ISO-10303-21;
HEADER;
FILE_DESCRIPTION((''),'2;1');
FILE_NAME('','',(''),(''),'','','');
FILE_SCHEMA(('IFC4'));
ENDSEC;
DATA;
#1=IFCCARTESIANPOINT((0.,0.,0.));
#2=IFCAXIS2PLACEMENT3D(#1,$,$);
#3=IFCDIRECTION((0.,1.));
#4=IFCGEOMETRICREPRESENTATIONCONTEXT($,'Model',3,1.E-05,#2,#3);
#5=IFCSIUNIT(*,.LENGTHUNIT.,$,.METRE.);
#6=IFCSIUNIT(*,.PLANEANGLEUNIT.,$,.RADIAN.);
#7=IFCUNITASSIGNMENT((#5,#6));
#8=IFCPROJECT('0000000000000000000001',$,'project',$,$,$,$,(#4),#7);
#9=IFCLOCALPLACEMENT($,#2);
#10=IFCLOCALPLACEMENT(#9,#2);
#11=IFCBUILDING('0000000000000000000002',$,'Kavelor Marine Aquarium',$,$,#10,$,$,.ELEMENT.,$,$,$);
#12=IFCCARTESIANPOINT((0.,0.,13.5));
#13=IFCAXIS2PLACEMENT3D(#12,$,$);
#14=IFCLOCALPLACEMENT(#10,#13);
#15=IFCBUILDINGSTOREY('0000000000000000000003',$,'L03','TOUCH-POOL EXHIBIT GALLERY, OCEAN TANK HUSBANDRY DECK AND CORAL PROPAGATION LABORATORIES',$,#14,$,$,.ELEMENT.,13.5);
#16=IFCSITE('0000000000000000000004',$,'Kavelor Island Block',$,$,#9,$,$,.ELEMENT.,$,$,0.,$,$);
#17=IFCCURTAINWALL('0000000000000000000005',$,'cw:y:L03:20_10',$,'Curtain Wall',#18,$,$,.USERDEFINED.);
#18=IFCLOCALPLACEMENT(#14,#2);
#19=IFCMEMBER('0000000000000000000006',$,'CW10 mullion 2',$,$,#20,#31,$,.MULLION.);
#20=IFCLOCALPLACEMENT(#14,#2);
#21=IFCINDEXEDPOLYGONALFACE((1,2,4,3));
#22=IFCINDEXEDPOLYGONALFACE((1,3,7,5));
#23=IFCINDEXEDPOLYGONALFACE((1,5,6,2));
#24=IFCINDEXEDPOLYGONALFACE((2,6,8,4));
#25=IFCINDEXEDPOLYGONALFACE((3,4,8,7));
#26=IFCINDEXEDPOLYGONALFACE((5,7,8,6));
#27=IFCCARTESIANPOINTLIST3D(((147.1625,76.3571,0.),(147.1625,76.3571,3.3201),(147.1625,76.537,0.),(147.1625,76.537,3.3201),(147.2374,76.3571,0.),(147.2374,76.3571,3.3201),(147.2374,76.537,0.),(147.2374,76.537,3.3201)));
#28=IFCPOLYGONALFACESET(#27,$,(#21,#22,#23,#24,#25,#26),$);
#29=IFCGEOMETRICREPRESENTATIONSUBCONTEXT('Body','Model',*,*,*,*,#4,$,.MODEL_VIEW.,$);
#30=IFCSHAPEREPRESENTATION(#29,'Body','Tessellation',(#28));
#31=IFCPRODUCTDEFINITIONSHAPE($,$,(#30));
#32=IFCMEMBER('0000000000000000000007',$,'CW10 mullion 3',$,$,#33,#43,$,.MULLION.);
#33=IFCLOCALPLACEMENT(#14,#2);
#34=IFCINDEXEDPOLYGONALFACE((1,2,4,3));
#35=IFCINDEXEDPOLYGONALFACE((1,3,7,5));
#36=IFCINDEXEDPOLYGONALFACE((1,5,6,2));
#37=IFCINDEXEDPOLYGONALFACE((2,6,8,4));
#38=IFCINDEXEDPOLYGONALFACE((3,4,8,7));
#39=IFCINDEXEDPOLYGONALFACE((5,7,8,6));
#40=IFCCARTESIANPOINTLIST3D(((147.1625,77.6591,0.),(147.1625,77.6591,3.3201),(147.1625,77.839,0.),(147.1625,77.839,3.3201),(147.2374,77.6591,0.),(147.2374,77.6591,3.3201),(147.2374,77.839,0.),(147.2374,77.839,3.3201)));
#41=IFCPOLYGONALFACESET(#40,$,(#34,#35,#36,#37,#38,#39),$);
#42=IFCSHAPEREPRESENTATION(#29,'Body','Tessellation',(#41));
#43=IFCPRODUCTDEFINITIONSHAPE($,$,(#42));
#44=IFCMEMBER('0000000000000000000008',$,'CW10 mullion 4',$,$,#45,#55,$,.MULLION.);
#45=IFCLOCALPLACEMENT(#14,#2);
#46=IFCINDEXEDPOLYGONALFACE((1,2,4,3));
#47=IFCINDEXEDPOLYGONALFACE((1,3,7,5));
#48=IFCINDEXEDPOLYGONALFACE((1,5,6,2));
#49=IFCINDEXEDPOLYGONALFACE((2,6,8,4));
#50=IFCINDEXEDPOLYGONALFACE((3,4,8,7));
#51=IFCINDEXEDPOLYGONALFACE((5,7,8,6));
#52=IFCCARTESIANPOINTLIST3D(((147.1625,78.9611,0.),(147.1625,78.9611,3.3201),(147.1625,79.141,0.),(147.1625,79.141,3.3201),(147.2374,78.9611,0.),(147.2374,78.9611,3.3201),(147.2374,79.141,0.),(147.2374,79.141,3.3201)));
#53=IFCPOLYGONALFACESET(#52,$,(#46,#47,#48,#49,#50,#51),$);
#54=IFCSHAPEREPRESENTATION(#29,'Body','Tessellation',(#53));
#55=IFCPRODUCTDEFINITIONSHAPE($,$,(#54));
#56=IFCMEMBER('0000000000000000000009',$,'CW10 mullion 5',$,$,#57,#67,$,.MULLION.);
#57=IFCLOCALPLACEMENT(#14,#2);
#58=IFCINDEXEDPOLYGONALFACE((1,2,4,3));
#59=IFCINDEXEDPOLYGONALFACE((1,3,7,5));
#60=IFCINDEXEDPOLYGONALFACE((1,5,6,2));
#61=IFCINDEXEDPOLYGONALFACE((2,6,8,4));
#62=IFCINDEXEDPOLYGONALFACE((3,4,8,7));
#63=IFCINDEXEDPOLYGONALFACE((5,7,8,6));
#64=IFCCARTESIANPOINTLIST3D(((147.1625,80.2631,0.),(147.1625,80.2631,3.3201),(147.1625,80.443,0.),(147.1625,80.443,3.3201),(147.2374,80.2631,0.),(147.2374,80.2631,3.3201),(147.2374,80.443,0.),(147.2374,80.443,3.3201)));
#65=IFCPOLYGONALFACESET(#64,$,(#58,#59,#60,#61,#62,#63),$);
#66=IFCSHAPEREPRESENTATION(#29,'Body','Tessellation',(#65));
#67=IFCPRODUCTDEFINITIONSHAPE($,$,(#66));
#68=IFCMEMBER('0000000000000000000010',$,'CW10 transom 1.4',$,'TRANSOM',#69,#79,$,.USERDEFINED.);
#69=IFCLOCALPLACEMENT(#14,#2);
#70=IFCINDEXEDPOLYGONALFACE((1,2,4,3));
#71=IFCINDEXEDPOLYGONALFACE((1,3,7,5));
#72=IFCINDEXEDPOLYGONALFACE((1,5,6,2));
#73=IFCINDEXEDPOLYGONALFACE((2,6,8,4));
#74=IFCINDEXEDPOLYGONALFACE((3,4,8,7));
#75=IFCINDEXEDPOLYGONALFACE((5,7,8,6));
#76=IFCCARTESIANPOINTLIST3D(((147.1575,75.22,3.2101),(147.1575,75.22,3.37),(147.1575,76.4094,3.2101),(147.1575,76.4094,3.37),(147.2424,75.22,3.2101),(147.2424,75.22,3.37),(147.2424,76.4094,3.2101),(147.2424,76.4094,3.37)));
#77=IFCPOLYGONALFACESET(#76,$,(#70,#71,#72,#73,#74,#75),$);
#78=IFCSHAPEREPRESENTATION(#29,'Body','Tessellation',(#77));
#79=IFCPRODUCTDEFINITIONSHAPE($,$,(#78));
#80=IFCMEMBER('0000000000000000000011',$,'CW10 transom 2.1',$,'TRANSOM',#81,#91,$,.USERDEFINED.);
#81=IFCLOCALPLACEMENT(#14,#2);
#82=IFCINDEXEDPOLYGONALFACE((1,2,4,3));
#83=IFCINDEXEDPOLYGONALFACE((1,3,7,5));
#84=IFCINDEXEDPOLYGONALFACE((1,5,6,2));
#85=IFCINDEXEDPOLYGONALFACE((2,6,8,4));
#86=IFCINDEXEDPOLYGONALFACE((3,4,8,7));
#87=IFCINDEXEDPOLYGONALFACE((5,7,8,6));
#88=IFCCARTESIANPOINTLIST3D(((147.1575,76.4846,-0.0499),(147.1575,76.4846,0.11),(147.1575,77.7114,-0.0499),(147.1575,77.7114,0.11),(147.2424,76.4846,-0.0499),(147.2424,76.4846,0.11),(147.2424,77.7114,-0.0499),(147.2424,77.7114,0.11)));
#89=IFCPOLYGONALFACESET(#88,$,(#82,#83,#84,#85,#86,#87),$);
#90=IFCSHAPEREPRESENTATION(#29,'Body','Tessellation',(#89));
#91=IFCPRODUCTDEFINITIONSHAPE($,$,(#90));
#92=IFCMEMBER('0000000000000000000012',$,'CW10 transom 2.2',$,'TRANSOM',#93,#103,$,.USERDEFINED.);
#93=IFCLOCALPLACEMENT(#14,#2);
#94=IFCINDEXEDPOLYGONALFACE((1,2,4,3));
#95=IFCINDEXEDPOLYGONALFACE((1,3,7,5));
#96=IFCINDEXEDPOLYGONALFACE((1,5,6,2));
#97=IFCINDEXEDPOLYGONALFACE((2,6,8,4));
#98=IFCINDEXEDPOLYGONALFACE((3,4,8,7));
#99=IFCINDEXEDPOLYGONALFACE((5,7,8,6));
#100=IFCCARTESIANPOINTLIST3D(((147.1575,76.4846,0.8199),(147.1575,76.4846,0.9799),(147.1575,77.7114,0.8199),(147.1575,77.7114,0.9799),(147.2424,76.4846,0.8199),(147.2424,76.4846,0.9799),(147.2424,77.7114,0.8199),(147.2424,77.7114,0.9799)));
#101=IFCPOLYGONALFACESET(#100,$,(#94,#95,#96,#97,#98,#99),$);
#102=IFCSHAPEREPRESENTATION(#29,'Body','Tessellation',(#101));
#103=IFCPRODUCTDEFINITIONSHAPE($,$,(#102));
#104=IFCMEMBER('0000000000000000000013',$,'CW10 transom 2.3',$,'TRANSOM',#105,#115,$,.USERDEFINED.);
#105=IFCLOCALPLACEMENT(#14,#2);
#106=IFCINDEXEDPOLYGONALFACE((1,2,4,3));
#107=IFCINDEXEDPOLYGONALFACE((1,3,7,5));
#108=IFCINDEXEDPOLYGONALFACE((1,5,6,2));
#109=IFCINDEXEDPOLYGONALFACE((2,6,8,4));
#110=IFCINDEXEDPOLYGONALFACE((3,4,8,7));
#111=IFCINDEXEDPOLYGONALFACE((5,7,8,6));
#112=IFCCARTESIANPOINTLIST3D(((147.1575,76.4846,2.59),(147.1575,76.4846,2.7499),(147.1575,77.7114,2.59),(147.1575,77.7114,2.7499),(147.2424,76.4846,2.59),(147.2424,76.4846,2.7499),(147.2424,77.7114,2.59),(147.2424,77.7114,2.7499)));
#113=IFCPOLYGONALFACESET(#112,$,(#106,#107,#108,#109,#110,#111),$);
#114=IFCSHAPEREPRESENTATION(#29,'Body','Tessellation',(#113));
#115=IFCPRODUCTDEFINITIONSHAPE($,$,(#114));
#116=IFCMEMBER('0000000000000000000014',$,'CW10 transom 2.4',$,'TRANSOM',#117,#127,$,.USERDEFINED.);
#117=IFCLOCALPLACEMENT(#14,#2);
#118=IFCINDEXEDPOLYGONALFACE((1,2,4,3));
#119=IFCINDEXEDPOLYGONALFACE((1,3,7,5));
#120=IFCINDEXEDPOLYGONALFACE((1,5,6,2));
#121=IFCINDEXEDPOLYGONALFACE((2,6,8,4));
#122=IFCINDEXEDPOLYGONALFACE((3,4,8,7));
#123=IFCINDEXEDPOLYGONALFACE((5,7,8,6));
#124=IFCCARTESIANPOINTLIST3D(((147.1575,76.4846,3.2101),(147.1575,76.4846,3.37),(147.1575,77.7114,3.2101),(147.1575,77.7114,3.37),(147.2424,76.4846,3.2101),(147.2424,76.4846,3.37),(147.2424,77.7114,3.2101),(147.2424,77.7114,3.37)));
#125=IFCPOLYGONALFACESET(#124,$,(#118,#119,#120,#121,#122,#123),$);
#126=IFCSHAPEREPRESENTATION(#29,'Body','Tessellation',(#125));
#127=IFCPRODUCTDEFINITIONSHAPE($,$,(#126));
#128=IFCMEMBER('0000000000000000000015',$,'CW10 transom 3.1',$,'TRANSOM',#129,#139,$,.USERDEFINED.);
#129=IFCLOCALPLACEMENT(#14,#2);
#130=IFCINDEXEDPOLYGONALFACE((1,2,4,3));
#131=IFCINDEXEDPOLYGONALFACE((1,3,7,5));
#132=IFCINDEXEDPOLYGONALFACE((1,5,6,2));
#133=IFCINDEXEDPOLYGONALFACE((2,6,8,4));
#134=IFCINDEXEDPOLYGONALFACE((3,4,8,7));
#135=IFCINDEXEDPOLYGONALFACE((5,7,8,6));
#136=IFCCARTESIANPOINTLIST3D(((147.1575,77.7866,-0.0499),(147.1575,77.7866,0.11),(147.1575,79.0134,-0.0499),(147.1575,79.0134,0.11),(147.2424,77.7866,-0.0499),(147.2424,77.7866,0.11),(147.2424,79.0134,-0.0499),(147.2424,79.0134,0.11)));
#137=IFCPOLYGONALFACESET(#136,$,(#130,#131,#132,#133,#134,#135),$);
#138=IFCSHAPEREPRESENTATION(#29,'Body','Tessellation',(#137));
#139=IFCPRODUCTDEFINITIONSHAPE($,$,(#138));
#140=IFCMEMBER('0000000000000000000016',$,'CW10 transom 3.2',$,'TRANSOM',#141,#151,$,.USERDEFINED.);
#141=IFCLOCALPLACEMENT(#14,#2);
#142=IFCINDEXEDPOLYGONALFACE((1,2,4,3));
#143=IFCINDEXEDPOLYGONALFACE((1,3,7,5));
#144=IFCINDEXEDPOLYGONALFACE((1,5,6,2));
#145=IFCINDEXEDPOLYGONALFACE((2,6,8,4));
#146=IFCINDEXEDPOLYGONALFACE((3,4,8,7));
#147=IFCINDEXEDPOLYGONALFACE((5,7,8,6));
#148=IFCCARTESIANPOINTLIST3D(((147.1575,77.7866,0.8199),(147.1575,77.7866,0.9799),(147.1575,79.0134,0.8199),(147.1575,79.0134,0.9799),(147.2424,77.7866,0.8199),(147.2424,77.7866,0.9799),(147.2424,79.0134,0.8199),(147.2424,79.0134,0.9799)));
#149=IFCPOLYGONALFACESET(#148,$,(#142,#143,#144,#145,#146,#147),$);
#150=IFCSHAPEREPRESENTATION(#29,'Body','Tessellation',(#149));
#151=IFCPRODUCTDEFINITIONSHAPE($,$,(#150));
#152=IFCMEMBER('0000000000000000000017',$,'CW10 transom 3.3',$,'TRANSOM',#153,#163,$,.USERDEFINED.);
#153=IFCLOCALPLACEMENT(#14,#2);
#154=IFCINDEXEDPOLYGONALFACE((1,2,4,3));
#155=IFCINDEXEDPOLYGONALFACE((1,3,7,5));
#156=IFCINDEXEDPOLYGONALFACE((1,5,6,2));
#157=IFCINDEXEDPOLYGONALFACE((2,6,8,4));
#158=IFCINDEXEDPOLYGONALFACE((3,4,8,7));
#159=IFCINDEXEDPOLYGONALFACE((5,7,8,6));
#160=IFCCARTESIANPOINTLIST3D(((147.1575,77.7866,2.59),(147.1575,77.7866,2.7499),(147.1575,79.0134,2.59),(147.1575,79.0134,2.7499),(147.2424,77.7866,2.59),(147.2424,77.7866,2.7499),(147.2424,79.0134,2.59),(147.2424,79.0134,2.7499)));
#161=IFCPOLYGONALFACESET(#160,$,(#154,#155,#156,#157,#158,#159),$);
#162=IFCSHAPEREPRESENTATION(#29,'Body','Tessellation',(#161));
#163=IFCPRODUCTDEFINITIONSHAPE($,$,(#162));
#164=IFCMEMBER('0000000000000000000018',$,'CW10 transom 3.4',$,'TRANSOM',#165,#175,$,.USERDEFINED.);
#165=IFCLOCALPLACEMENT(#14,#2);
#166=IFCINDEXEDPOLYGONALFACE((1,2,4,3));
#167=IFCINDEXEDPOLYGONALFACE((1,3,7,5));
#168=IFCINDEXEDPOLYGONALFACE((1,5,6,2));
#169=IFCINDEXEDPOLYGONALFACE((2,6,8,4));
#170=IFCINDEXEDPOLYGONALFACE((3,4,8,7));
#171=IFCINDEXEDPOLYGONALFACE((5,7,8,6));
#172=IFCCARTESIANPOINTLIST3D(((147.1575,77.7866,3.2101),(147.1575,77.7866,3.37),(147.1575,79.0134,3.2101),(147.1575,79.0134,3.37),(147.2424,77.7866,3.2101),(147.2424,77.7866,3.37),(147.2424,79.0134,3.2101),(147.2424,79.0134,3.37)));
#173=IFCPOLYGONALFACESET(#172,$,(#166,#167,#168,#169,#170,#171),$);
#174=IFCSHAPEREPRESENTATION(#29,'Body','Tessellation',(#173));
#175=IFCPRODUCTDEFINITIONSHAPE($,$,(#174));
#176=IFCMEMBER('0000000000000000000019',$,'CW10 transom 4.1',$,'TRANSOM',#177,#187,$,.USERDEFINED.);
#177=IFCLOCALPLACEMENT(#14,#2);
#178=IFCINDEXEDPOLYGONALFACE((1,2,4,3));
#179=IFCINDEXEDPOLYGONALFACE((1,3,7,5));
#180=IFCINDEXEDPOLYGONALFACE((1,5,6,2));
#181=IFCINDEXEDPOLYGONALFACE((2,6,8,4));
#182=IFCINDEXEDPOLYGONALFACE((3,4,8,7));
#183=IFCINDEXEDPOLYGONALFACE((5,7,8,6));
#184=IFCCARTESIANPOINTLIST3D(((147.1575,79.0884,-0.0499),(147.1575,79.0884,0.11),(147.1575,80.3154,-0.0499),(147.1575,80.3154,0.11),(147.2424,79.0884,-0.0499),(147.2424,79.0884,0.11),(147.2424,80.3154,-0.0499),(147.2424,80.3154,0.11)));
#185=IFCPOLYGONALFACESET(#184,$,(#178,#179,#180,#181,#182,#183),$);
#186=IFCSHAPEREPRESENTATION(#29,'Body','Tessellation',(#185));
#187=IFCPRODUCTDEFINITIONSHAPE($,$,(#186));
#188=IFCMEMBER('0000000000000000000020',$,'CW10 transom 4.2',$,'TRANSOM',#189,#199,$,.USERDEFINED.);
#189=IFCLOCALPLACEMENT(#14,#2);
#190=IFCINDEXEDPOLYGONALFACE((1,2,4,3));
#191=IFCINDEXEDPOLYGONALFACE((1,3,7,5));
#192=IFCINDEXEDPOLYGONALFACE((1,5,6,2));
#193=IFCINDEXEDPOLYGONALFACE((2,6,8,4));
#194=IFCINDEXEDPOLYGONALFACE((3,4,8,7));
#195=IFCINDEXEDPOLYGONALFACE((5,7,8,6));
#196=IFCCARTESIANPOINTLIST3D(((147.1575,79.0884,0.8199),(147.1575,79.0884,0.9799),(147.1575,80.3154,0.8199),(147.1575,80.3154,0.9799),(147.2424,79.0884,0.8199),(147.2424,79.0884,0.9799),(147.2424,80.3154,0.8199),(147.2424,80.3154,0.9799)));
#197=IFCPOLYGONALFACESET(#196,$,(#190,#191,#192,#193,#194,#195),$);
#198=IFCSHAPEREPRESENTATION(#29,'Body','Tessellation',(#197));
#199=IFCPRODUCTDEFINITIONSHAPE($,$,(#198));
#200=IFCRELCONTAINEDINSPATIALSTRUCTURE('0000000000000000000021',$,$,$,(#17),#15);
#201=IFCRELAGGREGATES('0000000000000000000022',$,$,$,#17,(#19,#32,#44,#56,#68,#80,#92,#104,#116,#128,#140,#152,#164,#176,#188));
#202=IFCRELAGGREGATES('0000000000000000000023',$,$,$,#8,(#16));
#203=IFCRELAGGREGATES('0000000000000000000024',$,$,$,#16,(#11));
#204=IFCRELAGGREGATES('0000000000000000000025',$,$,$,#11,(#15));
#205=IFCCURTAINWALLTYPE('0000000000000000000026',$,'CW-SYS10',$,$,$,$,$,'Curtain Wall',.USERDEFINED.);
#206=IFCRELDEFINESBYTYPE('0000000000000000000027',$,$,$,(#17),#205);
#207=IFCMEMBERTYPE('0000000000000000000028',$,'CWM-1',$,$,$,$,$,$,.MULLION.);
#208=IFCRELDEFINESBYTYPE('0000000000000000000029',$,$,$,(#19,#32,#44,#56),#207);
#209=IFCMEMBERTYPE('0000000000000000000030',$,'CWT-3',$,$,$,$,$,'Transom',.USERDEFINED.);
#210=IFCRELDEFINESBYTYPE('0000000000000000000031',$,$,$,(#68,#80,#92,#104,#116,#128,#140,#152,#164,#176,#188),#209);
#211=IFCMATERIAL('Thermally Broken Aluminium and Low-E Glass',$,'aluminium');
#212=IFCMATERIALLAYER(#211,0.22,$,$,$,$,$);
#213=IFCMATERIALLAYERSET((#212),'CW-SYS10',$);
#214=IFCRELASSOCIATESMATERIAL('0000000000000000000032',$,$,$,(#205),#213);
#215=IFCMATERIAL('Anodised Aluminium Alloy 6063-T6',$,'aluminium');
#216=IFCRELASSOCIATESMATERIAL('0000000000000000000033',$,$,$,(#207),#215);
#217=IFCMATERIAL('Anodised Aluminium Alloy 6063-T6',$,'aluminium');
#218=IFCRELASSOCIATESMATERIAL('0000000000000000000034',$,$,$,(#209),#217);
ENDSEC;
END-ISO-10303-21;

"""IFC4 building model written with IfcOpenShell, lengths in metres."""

from ifc_helpers import new_model, si_unit, direction, frame, origin, origin_2d, place, context, subcontext, project, spatial, rectangle, extrude, material, layer, layer_set, material_profile, profile_set, type_object, element, aggregate, save


model = new_model("IFC4")

# Units and contexts
model_context = context("Model", 3, precision=1e-05, world=origin(), true_north=direction((0.0, 1.0)))
body_context = subcontext(model_context, "Body", "Model", "MODEL_VIEW")
ifc_project = project(units=[si_unit("LENGTHUNIT", "METRE"), si_unit("PLANEANGLEUNIT", "RADIAN")], contexts=[model_context])

# Site, building, storey
site_placement = place(None, origin())
site = spatial("IfcSite", under=ifc_project, at=site_placement, Name="Kavelor Island Block", CompositionType="ELEMENT", RefElevation=0.0)
building_placement = place(site_placement, origin())
building = spatial("IfcBuilding", under=site, at=building_placement, Name="Kavelor Marine Aquarium", CompositionType="ELEMENT")
storey_placement = place(building_placement, frame((0.0, 0.0, 13.5)))
storey = spatial("IfcBuildingStorey", under=building, at=storey_placement, Name="L03", Description="TOUCH-POOL EXHIBIT GALLERY, OCEAN TANK HUSBANDRY DECK AND CORAL PROPAGATION LABORATORIES", CompositionType="ELEMENT", Elevation=13.5)

# Curtain wall, members
ifc_material_1 = material(Name="Thermally Broken Aluminium and Low-E Glass", Category="aluminium")
ifc_layer_1 = layer(ifc_material_1, 0.22)
ifc_layer_set_1 = layer_set([ifc_layer_1], Name="CW-SYS10")
curtain_wall_type = type_object("IfcCurtainWallType", Name="CW-SYS10", ElementType="Curtain Wall", PredefinedType="USERDEFINED", material=ifc_layer_set_1)
curtain_wall_placement = place(storey_placement, origin())
curtain_wall = element("IfcCurtainWall", 1, at=curtain_wall_placement, inside=storey, type_object=curtain_wall_type, Name="cw:y:L03:20_10", ObjectType="Curtain Wall", PredefinedType="USERDEFINED")
ifc_material_2 = material(Name="Anodised Aluminium Alloy 6063-T6", Category="aluminium")
ifc_material_profile_1 = material_profile(ifc_material_2, rectangle(XDim=0.075, YDim=0.1799, at=origin_2d()), Name="CW-MUL 75x180")
ifc_profile_set_1 = profile_set([ifc_material_profile_1], Name="Anodised Aluminium Alloy 6063-T6")
member_type_1 = type_object("IfcMemberType", Name="CWM-1", PredefinedType="MULLION", material=ifc_profile_set_1)
member_1_placement = place(storey_placement, frame((147.2, 76.447, 0.0), z_axis=(0.0, 0.0, 1.0), x_axis=(-1.0, 0.0, 0.0)))
member_1 = element("IfcMember", 2, at=member_1_placement, type_object=member_type_1, Name="CW10 mullion 2", PredefinedType="MULLION", context=body_context, shape_type="SweptSolid", body=[
    extrude(rectangle(XDim=0.075, YDim=0.1799, at=origin_2d()), origin(), (0.0, 0.0, 1.0), 3.3201),
])
member_2_placement = place(storey_placement, frame((147.2, 77.749, 0.0), z_axis=(0.0, 0.0, 1.0), x_axis=(-1.0, 0.0, 0.0)))
member_2 = element("IfcMember", 3, at=member_2_placement, type_object=member_type_1, Name="CW10 mullion 3", PredefinedType="MULLION", context=body_context, shape_type="SweptSolid", body=[
    extrude(rectangle(XDim=0.075, YDim=0.1799, at=origin_2d()), origin(), (0.0, 0.0, 1.0), 3.3201),
])
member_3_placement = place(storey_placement, frame((147.2, 79.051, 0.0), z_axis=(0.0, 0.0, 1.0), x_axis=(-1.0, 0.0, 0.0)))
member_3 = element("IfcMember", 4, at=member_3_placement, type_object=member_type_1, Name="CW10 mullion 4", PredefinedType="MULLION", context=body_context, shape_type="SweptSolid", body=[
    extrude(rectangle(XDim=0.075, YDim=0.1799, at=origin_2d()), origin(), (0.0, 0.0, 1.0), 3.3201),
])
member_4_placement = place(storey_placement, frame((147.2, 80.353, 0.0), z_axis=(0.0, 0.0, 1.0), x_axis=(-1.0, 0.0, 0.0)))
member_4 = element("IfcMember", 5, at=member_4_placement, type_object=member_type_1, Name="CW10 mullion 5", PredefinedType="MULLION", context=body_context, shape_type="SweptSolid", body=[
    extrude(rectangle(XDim=0.075, YDim=0.1799, at=origin_2d()), origin(), (0.0, 0.0, 1.0), 3.3201),
])
ifc_material_3 = material(Name="Anodised Aluminium Alloy 6063-T6", Category="aluminium")
ifc_material_profile_2 = material_profile(ifc_material_3, rectangle(XDim=0.085, YDim=0.1599, at=origin_2d()), Name="CW-TRN 85x160")
ifc_profile_set_2 = profile_set([ifc_material_profile_2], Name="Anodised Aluminium Alloy 6063-T6")
member_type_2 = type_object("IfcMemberType", Name="CWT-3", ElementType="Transom", PredefinedType="USERDEFINED", material=ifc_profile_set_2)
member_5_placement = place(storey_placement, frame((147.2, 75.22, 3.29), z_axis=(0.0, 1.0, 0.0), x_axis=(-1.0, 0.0, 0.0)))
member_5 = element("IfcMember", 6, at=member_5_placement, type_object=member_type_2, Name="CW10 transom 1.4", ObjectType="TRANSOM", PredefinedType="USERDEFINED", context=body_context, shape_type="SweptSolid", body=[
    extrude(rectangle(XDim=0.085, YDim=0.1599, at=origin_2d()), origin(), (0.0, 0.0, 1.0), 1.1895),
])
member_6_placement = place(storey_placement, frame((147.2, 76.4846, 0.03), z_axis=(0.0, 1.0, 0.0), x_axis=(-1.0, 0.0, 0.0)))
member_6 = element("IfcMember", 7, at=member_6_placement, type_object=member_type_2, Name="CW10 transom 2.1", ObjectType="TRANSOM", PredefinedType="USERDEFINED", context=body_context, shape_type="SweptSolid", body=[
    extrude(rectangle(XDim=0.085, YDim=0.1599, at=origin_2d()), origin(), (0.0, 0.0, 1.0), 1.2268),
])
member_7_placement = place(storey_placement, frame((147.2, 76.4846, 0.8999), z_axis=(0.0, 1.0, 0.0), x_axis=(-1.0, 0.0, 0.0)))
member_7 = element("IfcMember", 8, at=member_7_placement, type_object=member_type_2, Name="CW10 transom 2.2", ObjectType="TRANSOM", PredefinedType="USERDEFINED", context=body_context, shape_type="SweptSolid", body=[
    extrude(rectangle(XDim=0.085, YDim=0.1599, at=origin_2d()), origin(), (0.0, 0.0, 1.0), 1.2268),
])
member_8_placement = place(storey_placement, frame((147.2, 76.4846, 2.6699), z_axis=(0.0, 1.0, 0.0), x_axis=(-1.0, 0.0, 0.0)))
member_8 = element("IfcMember", 9, at=member_8_placement, type_object=member_type_2, Name="CW10 transom 2.3", ObjectType="TRANSOM", PredefinedType="USERDEFINED", context=body_context, shape_type="SweptSolid", body=[
    extrude(rectangle(XDim=0.085, YDim=0.1599, at=origin_2d()), origin(), (0.0, 0.0, 1.0), 1.2268),
])
member_9_placement = place(storey_placement, frame((147.2, 76.4846, 3.29), z_axis=(0.0, 1.0, 0.0), x_axis=(-1.0, 0.0, 0.0)))
member_9 = element("IfcMember", 10, at=member_9_placement, type_object=member_type_2, Name="CW10 transom 2.4", ObjectType="TRANSOM", PredefinedType="USERDEFINED", context=body_context, shape_type="SweptSolid", body=[
    extrude(rectangle(XDim=0.085, YDim=0.1599, at=origin_2d()), origin(), (0.0, 0.0, 1.0), 1.2268),
])
member_10_placement = place(storey_placement, frame((147.2, 77.7866, 0.03), z_axis=(0.0, 1.0, 0.0), x_axis=(-1.0, 0.0, 0.0)))
member_10 = element("IfcMember", 11, at=member_10_placement, type_object=member_type_2, Name="CW10 transom 3.1", ObjectType="TRANSOM", PredefinedType="USERDEFINED", context=body_context, shape_type="SweptSolid", body=[
    extrude(rectangle(XDim=0.085, YDim=0.1599, at=origin_2d()), origin(), (0.0, 0.0, 1.0), 1.2268),
])
member_11_placement = place(storey_placement, frame((147.2, 77.7866, 0.8999), z_axis=(0.0, 1.0, 0.0), x_axis=(-1.0, 0.0, 0.0)))
member_11 = element("IfcMember", 12, at=member_11_placement, type_object=member_type_2, Name="CW10 transom 3.2", ObjectType="TRANSOM", PredefinedType="USERDEFINED", context=body_context, shape_type="SweptSolid", body=[
    extrude(rectangle(XDim=0.085, YDim=0.1599, at=origin_2d()), origin(), (0.0, 0.0, 1.0), 1.2268),
])
member_12_placement = place(storey_placement, frame((147.2, 77.7866, 2.6699), z_axis=(0.0, 1.0, 0.0), x_axis=(-1.0, 0.0, 0.0)))
member_12 = element("IfcMember", 13, at=member_12_placement, type_object=member_type_2, Name="CW10 transom 3.3", ObjectType="TRANSOM", PredefinedType="USERDEFINED", context=body_context, shape_type="SweptSolid", body=[
    extrude(rectangle(XDim=0.085, YDim=0.1599, at=origin_2d()), origin(), (0.0, 0.0, 1.0), 1.2268),
])
member_13_placement = place(storey_placement, frame((147.2, 77.7866, 3.29), z_axis=(0.0, 1.0, 0.0), x_axis=(-1.0, 0.0, 0.0)))
member_13 = element("IfcMember", 14, at=member_13_placement, type_object=member_type_2, Name="CW10 transom 3.4", ObjectType="TRANSOM", PredefinedType="USERDEFINED", context=body_context, shape_type="SweptSolid", body=[
    extrude(rectangle(XDim=0.085, YDim=0.1599, at=origin_2d()), origin(), (0.0, 0.0, 1.0), 1.2268),
])
member_14_placement = place(storey_placement, frame((147.2, 79.0884, 0.03), z_axis=(0.0, 1.0, 0.0), x_axis=(-1.0, 0.0, 0.0)))
member_14 = element("IfcMember", 15, at=member_14_placement, type_object=member_type_2, Name="CW10 transom 4.1", ObjectType="TRANSOM", PredefinedType="USERDEFINED", context=body_context, shape_type="SweptSolid", body=[
    extrude(rectangle(XDim=0.085, YDim=0.1599, at=origin_2d()), origin(), (0.0, 0.0, 1.0), 1.2271),
])
member_15_placement = place(storey_placement, frame((147.2, 79.0884, 0.8999), z_axis=(0.0, 1.0, 0.0), x_axis=(-1.0, 0.0, 0.0)))
member_15 = element("IfcMember", 16, at=member_15_placement, type_object=member_type_2, Name="CW10 transom 4.2", ObjectType="TRANSOM", PredefinedType="USERDEFINED", context=body_context, shape_type="SweptSolid", body=[
    extrude(rectangle(XDim=0.085, YDim=0.1599, at=origin_2d()), origin(), (0.0, 0.0, 1.0), 1.2271),
])
aggregate(curtain_wall, [member_1, member_2, member_3, member_4, member_5, member_6, member_7, member_8, member_9, member_10, member_11, member_12, member_13, member_14, member_15])

save(model, "model.ifc")
